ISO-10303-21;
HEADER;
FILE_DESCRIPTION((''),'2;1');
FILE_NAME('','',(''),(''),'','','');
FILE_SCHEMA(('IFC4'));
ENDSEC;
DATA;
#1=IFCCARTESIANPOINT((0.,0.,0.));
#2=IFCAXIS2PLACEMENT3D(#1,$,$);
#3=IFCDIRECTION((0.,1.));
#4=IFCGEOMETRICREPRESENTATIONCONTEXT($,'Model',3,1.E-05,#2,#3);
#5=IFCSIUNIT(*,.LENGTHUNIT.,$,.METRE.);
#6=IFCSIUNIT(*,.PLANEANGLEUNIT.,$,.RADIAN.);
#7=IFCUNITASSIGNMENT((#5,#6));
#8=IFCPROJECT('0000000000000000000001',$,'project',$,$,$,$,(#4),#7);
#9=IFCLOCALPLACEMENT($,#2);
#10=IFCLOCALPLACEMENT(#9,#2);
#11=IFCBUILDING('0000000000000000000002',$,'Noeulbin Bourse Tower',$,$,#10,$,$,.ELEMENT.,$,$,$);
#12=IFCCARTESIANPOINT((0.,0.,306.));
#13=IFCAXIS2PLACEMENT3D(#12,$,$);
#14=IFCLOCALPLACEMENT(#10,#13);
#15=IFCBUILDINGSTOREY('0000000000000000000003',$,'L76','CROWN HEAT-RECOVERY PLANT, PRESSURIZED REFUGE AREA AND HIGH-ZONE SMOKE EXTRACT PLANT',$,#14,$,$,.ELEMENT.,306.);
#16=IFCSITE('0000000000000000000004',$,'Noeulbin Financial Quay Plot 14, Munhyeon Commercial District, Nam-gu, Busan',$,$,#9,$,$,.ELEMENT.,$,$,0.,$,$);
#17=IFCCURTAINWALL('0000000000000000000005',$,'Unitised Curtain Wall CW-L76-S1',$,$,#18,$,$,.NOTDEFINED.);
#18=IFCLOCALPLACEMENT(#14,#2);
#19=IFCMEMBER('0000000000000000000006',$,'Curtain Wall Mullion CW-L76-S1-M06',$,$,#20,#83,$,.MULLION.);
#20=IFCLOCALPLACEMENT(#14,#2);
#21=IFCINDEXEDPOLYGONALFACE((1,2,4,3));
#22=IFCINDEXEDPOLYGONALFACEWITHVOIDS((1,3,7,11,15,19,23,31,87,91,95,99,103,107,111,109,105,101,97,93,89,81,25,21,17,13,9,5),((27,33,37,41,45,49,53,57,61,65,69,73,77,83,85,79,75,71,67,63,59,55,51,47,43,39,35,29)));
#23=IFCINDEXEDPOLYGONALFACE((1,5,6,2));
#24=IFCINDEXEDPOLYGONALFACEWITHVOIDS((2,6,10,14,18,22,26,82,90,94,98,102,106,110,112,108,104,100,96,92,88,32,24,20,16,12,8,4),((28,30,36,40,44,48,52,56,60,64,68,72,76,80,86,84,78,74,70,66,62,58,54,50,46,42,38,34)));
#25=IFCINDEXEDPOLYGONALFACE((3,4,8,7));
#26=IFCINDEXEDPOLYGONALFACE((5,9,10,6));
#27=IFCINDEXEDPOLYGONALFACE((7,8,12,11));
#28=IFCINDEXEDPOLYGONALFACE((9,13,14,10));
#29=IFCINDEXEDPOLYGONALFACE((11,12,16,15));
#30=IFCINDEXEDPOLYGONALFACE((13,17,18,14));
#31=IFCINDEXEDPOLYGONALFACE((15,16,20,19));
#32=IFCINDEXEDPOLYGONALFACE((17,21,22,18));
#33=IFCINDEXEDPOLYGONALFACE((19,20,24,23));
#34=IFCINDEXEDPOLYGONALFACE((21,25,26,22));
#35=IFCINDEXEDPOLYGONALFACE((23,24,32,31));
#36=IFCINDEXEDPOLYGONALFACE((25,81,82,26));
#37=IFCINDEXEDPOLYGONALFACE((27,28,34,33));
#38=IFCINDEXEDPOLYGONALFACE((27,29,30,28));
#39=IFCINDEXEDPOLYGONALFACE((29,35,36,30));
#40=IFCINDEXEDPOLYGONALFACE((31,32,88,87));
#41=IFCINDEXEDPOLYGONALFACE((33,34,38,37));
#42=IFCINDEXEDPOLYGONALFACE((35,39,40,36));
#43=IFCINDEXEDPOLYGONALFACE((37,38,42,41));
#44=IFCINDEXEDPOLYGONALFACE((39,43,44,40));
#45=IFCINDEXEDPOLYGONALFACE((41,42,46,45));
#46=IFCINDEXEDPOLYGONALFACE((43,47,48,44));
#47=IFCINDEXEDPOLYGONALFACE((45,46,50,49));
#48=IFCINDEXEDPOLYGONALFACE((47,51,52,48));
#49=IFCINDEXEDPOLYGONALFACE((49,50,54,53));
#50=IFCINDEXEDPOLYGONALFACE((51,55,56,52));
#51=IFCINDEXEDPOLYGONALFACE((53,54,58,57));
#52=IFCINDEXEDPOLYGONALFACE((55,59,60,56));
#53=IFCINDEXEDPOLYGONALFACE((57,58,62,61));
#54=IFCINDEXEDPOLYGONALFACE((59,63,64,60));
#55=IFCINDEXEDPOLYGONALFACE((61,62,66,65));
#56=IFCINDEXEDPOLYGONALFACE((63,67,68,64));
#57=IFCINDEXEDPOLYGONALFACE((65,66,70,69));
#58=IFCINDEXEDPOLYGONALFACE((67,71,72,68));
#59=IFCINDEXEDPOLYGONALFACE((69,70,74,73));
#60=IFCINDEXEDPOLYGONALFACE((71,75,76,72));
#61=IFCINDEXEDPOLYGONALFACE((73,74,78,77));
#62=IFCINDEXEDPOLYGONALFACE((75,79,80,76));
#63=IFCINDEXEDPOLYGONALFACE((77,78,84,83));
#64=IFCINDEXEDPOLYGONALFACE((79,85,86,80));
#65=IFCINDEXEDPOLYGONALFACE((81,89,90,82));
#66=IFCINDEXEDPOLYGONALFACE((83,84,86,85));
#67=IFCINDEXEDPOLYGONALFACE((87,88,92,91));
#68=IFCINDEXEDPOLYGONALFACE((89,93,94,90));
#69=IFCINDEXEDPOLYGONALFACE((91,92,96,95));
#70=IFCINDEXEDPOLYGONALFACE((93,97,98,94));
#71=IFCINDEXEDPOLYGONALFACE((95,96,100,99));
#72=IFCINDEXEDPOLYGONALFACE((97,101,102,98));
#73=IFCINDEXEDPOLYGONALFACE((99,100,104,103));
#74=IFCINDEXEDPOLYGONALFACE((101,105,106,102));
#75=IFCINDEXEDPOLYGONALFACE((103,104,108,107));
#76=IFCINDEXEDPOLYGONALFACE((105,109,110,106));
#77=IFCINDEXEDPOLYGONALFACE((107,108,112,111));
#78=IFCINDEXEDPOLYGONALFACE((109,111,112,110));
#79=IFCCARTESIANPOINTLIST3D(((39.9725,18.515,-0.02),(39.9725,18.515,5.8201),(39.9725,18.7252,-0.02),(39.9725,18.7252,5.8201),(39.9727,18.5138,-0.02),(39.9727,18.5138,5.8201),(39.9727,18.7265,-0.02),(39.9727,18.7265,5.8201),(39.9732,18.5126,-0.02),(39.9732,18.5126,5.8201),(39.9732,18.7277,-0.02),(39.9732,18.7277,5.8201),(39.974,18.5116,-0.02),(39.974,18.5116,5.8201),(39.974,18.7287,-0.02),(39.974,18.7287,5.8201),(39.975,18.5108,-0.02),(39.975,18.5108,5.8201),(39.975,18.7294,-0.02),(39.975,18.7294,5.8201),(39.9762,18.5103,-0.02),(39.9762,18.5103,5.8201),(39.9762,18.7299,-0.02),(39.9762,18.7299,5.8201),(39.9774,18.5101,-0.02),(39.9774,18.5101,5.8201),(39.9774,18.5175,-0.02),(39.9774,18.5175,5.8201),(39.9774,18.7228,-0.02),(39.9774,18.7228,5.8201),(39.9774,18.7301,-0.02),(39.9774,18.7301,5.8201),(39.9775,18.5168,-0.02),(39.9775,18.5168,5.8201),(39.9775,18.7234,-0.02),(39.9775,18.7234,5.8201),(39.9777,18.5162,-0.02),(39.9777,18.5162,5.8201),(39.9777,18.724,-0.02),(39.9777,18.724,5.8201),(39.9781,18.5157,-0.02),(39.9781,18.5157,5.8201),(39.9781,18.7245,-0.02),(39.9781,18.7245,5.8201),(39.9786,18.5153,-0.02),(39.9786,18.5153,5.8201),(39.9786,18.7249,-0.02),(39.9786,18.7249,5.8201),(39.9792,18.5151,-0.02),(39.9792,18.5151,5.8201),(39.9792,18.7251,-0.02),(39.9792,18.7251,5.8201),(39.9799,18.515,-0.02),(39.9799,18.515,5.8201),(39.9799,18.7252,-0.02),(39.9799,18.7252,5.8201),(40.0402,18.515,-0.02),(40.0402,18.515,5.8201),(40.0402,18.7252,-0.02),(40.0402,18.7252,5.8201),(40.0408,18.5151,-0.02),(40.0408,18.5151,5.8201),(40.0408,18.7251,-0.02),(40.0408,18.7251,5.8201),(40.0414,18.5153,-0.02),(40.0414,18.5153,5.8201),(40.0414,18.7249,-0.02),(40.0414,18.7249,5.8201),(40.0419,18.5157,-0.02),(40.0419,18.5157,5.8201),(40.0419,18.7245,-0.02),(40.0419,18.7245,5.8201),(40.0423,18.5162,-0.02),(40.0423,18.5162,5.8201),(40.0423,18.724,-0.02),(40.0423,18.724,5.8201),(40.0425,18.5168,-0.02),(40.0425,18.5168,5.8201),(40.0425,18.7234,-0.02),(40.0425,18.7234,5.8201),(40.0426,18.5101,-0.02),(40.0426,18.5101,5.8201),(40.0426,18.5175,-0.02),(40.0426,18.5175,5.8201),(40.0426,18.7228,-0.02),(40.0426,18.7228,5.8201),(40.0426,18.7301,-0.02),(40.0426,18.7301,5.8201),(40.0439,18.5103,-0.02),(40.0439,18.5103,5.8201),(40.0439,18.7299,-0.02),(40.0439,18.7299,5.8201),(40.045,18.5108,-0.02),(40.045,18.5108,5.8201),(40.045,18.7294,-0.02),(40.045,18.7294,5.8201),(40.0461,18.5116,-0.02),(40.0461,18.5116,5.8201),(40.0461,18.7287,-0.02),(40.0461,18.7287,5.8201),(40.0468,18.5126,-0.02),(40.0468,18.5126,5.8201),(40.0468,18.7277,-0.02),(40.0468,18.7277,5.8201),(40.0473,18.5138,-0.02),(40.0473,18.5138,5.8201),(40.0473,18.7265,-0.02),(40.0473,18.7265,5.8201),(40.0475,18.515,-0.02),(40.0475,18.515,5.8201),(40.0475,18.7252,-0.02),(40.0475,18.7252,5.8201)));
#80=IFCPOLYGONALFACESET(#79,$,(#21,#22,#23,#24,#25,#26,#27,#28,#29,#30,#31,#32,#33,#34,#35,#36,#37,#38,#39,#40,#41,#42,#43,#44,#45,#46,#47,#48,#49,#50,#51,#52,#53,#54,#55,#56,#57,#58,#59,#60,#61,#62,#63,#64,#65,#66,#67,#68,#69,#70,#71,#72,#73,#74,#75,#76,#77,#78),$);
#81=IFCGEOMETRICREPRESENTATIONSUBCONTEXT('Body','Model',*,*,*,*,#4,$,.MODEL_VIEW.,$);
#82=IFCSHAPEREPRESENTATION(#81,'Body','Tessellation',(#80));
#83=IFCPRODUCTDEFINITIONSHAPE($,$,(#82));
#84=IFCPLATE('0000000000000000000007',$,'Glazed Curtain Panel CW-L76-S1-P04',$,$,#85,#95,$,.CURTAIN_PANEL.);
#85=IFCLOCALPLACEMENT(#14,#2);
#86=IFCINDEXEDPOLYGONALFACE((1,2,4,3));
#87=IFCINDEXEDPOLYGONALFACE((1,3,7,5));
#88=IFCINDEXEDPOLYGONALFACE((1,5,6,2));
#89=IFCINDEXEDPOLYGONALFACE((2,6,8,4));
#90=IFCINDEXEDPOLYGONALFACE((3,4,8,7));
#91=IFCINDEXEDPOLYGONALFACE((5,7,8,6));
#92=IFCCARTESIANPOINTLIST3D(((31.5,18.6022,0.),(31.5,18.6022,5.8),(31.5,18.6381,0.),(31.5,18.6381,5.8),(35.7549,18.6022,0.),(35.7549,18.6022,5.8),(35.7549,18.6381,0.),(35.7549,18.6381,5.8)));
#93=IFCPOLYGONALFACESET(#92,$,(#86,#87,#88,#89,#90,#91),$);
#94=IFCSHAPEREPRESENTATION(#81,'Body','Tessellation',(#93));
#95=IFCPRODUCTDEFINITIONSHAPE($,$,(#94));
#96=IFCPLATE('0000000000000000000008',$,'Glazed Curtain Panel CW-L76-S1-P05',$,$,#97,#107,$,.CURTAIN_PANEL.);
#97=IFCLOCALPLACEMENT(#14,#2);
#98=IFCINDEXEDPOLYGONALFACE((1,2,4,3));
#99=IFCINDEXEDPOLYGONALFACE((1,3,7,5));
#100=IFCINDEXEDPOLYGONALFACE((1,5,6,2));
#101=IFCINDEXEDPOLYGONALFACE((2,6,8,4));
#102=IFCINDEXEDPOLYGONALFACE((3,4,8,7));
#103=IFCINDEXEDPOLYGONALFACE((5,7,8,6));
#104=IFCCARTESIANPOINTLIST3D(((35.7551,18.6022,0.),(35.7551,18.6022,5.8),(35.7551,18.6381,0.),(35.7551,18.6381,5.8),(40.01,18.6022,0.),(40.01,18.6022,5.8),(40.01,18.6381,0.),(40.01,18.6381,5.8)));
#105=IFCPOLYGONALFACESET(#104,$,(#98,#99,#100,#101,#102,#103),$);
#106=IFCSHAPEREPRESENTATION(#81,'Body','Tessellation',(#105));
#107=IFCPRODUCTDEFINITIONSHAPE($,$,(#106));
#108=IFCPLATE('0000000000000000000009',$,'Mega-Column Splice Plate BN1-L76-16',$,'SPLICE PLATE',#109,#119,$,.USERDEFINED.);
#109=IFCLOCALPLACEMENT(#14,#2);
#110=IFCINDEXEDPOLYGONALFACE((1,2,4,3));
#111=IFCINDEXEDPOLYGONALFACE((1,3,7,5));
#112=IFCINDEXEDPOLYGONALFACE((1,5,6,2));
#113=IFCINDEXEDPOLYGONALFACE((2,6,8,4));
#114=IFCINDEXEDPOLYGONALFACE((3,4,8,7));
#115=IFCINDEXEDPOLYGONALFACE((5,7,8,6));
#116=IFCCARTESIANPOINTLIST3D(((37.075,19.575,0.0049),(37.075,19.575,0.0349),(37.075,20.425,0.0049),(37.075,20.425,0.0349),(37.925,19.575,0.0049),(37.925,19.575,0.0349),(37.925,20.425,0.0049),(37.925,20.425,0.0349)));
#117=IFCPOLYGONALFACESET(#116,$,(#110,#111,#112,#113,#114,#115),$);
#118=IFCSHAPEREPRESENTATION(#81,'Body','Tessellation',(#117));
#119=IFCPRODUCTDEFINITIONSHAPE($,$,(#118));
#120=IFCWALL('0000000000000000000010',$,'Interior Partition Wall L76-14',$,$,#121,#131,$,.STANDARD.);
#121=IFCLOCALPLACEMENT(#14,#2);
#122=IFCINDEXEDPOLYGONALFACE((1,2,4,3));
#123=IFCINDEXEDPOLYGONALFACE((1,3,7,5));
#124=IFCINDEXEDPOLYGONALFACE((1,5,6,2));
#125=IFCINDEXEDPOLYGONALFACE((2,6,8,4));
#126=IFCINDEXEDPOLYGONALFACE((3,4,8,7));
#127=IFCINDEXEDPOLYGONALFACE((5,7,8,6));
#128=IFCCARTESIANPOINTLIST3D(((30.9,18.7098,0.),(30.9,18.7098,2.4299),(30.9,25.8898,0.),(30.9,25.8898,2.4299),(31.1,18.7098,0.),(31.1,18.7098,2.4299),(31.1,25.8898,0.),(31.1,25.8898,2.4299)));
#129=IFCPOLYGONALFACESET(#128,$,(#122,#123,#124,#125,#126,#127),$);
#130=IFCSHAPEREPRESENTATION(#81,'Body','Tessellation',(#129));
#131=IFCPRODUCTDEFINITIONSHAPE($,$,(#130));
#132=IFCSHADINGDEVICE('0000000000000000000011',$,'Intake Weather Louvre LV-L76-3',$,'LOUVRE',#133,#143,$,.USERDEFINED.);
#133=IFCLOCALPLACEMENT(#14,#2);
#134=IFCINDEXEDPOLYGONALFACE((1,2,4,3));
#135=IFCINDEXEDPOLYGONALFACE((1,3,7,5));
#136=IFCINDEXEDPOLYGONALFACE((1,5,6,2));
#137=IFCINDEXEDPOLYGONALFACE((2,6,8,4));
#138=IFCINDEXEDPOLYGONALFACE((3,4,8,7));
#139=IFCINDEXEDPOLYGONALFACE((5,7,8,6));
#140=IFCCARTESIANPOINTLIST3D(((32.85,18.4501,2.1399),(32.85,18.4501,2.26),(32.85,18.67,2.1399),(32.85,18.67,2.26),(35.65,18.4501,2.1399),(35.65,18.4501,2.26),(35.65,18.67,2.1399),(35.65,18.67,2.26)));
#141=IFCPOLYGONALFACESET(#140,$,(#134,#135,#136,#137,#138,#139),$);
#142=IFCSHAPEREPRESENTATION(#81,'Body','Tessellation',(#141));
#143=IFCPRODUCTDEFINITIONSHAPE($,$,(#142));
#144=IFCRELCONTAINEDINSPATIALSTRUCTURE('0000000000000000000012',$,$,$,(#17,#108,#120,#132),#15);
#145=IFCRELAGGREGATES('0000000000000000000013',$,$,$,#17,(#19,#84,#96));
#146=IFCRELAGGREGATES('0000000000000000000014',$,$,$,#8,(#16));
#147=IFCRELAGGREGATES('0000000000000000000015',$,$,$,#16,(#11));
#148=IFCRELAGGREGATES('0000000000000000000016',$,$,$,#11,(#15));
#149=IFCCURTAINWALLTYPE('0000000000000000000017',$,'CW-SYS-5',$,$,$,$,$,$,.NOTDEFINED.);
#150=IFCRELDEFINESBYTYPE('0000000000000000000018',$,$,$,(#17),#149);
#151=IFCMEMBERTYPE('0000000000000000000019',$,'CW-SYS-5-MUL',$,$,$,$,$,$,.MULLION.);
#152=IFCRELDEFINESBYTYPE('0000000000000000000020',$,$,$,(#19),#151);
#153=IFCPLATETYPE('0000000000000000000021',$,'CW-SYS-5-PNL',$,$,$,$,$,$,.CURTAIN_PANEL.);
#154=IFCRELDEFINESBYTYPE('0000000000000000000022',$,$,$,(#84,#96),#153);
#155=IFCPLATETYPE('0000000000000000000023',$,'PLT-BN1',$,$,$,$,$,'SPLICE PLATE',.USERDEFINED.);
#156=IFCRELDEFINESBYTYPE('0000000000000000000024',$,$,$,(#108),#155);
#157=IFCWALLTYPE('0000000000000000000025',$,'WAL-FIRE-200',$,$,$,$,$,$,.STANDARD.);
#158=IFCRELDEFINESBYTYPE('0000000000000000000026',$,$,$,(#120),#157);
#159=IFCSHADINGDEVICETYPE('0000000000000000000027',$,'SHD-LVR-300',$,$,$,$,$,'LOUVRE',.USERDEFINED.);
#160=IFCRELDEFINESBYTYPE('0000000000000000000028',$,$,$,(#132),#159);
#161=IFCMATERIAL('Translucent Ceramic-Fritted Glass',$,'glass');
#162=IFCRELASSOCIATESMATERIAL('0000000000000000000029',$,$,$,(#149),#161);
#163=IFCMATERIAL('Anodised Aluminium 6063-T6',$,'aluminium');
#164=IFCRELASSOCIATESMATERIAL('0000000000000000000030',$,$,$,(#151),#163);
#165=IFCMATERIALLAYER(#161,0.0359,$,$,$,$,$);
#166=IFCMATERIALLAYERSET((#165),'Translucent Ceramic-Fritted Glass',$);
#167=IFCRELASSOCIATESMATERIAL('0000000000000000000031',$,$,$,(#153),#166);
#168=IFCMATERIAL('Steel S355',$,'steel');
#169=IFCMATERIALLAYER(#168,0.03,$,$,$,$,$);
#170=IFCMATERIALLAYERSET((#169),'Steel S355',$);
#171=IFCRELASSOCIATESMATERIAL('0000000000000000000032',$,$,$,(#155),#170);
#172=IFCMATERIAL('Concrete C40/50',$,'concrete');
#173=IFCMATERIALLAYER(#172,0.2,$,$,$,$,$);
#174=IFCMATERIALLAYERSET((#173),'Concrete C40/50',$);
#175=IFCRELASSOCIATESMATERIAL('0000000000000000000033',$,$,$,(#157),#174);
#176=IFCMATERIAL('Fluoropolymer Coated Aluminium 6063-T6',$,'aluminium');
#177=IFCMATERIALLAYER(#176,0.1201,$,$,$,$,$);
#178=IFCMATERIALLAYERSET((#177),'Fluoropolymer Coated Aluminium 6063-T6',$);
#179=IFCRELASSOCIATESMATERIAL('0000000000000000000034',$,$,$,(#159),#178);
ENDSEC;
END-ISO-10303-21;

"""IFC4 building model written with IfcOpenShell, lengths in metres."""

from ifc_helpers import new_model, si_unit, direction, frame, frame_2d, origin, origin_2d, place, context, subcontext, project, spatial, rectangle, hollow_rectangle, extrude, material, layer, layer_set, material_profile, profile_set, type_object, element, aggregate, save


model = new_model("IFC4")

# Units and contexts
model_context = context("Model", 3, precision=1e-05, world=origin(), true_north=direction((0.0, 1.0)))
body_context = subcontext(model_context, "Body", "Model", "MODEL_VIEW")
ifc_project = project(units=[si_unit("LENGTHUNIT", "METRE"), si_unit("PLANEANGLEUNIT", "RADIAN")], contexts=[model_context])

# Site, building, storey
site_placement = place(None, origin())
site = spatial("IfcSite", under=ifc_project, at=site_placement, Name="Noeulbin Financial Quay Plot 14, Munhyeon Commercial District, Nam-gu, Busan", CompositionType="ELEMENT", RefElevation=0.0)
building_placement = place(site_placement, origin())
building = spatial("IfcBuilding", under=site, at=building_placement, Name="Noeulbin Bourse Tower", CompositionType="ELEMENT")
storey_placement = place(building_placement, frame((0.0, 0.0, 306.0)))
storey = spatial("IfcBuildingStorey", under=building, at=storey_placement, Name="L76", Description="CROWN HEAT-RECOVERY PLANT, PRESSURIZED REFUGE AREA AND HIGH-ZONE SMOKE EXTRACT PLANT", CompositionType="ELEMENT", Elevation=306.0)

# Shared definitions
ifc_material_1 = material(Name="Steel S355", Category="steel")

# Curtain wall, member, plates
ifc_material_2 = material(Name="Translucent Ceramic-Fritted Glass", Category="glass")
curtain_wall_type = type_object("IfcCurtainWallType", Name="CW-SYS-5", PredefinedType="NOTDEFINED", material=ifc_material_2)
curtain_wall_placement = place(storey_placement, origin())
curtain_wall = element("IfcCurtainWall", 1, at=curtain_wall_placement, inside=storey, type_object=curtain_wall_type, Name="Unitised Curtain Wall CW-L76-S1", PredefinedType="NOTDEFINED")
ifc_material_3 = material(Name="Anodised Aluminium 6063-T6", Category="aluminium")
ifc_material_profile_1 = material_profile(ifc_material_3, hollow_rectangle(XDim=0.075, YDim=0.22, WallThickness=0.0049, InnerFilletRadius=0.0024, OuterFilletRadius=0.0049, at=origin_2d()), Name="ALU-MULL-75x220x5", Category="LoadBearing")
ifc_profile_set_1 = profile_set([ifc_material_profile_1], Name="Anodised Aluminium 6063-T6")
member_type = type_object("IfcMemberType", Name="CW-SYS-5-MUL", PredefinedType="MULLION", material=ifc_profile_set_1)
member_1_placement = place(storey_placement, frame((40.01, 18.6201, -0.02), z_axis=(0.0, 0.0, 1.0), x_axis=(1.0, 0.0, 0.0)))
member_1 = element("IfcMember", 2, at=member_1_placement, type_object=member_type, Name="Curtain Wall Mullion CW-L76-S1-M06", PredefinedType="MULLION", context=body_context, shape_type="SweptSolid", body=[
    extrude(hollow_rectangle(XDim=0.075, YDim=0.22, WallThickness=0.0049, InnerFilletRadius=0.0024, OuterFilletRadius=0.0049, at=origin_2d()), origin(), (0.0, 0.0, 1.0), 5.8401),
])
ifc_layer_1 = layer(ifc_material_2, 0.0359)
ifc_layer_set_1 = layer_set([ifc_layer_1], Name="Translucent Ceramic-Fritted Glass")
plate_type_1 = type_object("IfcPlateType", Name="CW-SYS-5-PNL", PredefinedType="CURTAIN_PANEL", material=ifc_layer_set_1)
plate_1_placement = place(storey_placement, frame((33.6274, 18.6201, 0.0), z_axis=(0.0, 0.0, 1.0), x_axis=(1.0, 0.0, 0.0)))
plate_1 = element("IfcPlate", 3, at=plate_1_placement, type_object=plate_type_1, Name="Glazed Curtain Panel CW-L76-S1-P04", PredefinedType="CURTAIN_PANEL", context=body_context, shape_type="SweptSolid", body=[
    extrude(rectangle(XDim=4.2549, YDim=0.0359, at=origin_2d()), origin(), (0.0, 0.0, 1.0), 5.8),
])
plate_2_placement = place(storey_placement, frame((37.8826, 18.6201, 0.0), z_axis=(0.0, 0.0, 1.0), x_axis=(1.0, 0.0, 0.0)))
plate_2 = element("IfcPlate", 4, at=plate_2_placement, type_object=plate_type_1, Name="Glazed Curtain Panel CW-L76-S1-P05", PredefinedType="CURTAIN_PANEL", context=body_context, shape_type="SweptSolid", body=[
    extrude(rectangle(XDim=4.2549, YDim=0.0359, at=origin_2d()), origin(), (0.0, 0.0, 1.0), 5.8),
])
aggregate(curtain_wall, [member_1, plate_1, plate_2])

# Plate
ifc_layer_2 = layer(ifc_material_1, 0.03)
ifc_layer_set_2 = layer_set([ifc_layer_2], Name="Steel S355")
plate_type_2 = type_object("IfcPlateType", Name="PLT-BN1", ElementType="SPLICE PLATE", PredefinedType="USERDEFINED", material=ifc_layer_set_2)
plate_3_placement = place(storey_placement, frame((37.5, 20.0, 0.0049), z_axis=(0.0, 0.0, 1.0), x_axis=(1.0, 0.0, 0.0)))
element("IfcPlate", 5, at=plate_3_placement, inside=storey, type_object=plate_type_2, Name="Mega-Column Splice Plate BN1-L76-16", ObjectType="SPLICE PLATE", PredefinedType="USERDEFINED", context=body_context, shape_type="SweptSolid", body=[
    extrude(rectangle(XDim=0.8501, YDim=0.8501, at=origin_2d()), origin(), (0.0, 0.0, 1.0), 0.03),
])

# Wall
ifc_material_4 = material(Name="Concrete C40/50", Category="concrete")
ifc_layer_3 = layer(ifc_material_4, 0.2)
ifc_layer_set_3 = layer_set([ifc_layer_3], Name="Concrete C40/50")
wall_type = type_object("IfcWallType", Name="WAL-FIRE-200", PredefinedType="STANDARD", material=ifc_layer_set_3)
wall_placement = place(storey_placement, frame((31.0, 18.71, 0.0), z_axis=(0.0, 0.0, 1.0), x_axis=(0.0, 1.0, 0.0)))
element("IfcWall", 6, at=wall_placement, inside=storey, type_object=wall_type, Name="Interior Partition Wall L76-14", PredefinedType="STANDARD", context=body_context, shape_type="SweptSolid", body=[
    extrude(rectangle(XDim=7.1799, YDim=0.2, at=frame_2d((3.5898, 0.0))), origin(), (0.0, 0.0, 1.0), 2.4299),
])

# Shading device
ifc_material_5 = material(Name="Fluoropolymer Coated Aluminium 6063-T6", Category="aluminium")
ifc_layer_4 = layer(ifc_material_5, 0.1201)
ifc_layer_set_4 = layer_set([ifc_layer_4], Name="Fluoropolymer Coated Aluminium 6063-T6")
shading_device_type = type_object("IfcShadingDeviceType", Name="SHD-LVR-300", ElementType="LOUVRE", PredefinedType="USERDEFINED", material=ifc_layer_set_4)
shading_device_placement = place(storey_placement, frame((34.25, 18.5601, 2.1399), z_axis=(0.0, 0.0, 1.0), x_axis=(1.0, 0.0, 0.0)))
element("IfcShadingDevice", 7, at=shading_device_placement, inside=storey, type_object=shading_device_type, Name="Intake Weather Louvre LV-L76-3", ObjectType="LOUVRE", PredefinedType="USERDEFINED", context=body_context, shape_type="SweptSolid", body=[
    extrude(rectangle(XDim=2.8, YDim=0.22, at=origin_2d()), origin(), (0.0, 0.0, 1.0), 0.1201),
])

save(model, "model.ifc")
